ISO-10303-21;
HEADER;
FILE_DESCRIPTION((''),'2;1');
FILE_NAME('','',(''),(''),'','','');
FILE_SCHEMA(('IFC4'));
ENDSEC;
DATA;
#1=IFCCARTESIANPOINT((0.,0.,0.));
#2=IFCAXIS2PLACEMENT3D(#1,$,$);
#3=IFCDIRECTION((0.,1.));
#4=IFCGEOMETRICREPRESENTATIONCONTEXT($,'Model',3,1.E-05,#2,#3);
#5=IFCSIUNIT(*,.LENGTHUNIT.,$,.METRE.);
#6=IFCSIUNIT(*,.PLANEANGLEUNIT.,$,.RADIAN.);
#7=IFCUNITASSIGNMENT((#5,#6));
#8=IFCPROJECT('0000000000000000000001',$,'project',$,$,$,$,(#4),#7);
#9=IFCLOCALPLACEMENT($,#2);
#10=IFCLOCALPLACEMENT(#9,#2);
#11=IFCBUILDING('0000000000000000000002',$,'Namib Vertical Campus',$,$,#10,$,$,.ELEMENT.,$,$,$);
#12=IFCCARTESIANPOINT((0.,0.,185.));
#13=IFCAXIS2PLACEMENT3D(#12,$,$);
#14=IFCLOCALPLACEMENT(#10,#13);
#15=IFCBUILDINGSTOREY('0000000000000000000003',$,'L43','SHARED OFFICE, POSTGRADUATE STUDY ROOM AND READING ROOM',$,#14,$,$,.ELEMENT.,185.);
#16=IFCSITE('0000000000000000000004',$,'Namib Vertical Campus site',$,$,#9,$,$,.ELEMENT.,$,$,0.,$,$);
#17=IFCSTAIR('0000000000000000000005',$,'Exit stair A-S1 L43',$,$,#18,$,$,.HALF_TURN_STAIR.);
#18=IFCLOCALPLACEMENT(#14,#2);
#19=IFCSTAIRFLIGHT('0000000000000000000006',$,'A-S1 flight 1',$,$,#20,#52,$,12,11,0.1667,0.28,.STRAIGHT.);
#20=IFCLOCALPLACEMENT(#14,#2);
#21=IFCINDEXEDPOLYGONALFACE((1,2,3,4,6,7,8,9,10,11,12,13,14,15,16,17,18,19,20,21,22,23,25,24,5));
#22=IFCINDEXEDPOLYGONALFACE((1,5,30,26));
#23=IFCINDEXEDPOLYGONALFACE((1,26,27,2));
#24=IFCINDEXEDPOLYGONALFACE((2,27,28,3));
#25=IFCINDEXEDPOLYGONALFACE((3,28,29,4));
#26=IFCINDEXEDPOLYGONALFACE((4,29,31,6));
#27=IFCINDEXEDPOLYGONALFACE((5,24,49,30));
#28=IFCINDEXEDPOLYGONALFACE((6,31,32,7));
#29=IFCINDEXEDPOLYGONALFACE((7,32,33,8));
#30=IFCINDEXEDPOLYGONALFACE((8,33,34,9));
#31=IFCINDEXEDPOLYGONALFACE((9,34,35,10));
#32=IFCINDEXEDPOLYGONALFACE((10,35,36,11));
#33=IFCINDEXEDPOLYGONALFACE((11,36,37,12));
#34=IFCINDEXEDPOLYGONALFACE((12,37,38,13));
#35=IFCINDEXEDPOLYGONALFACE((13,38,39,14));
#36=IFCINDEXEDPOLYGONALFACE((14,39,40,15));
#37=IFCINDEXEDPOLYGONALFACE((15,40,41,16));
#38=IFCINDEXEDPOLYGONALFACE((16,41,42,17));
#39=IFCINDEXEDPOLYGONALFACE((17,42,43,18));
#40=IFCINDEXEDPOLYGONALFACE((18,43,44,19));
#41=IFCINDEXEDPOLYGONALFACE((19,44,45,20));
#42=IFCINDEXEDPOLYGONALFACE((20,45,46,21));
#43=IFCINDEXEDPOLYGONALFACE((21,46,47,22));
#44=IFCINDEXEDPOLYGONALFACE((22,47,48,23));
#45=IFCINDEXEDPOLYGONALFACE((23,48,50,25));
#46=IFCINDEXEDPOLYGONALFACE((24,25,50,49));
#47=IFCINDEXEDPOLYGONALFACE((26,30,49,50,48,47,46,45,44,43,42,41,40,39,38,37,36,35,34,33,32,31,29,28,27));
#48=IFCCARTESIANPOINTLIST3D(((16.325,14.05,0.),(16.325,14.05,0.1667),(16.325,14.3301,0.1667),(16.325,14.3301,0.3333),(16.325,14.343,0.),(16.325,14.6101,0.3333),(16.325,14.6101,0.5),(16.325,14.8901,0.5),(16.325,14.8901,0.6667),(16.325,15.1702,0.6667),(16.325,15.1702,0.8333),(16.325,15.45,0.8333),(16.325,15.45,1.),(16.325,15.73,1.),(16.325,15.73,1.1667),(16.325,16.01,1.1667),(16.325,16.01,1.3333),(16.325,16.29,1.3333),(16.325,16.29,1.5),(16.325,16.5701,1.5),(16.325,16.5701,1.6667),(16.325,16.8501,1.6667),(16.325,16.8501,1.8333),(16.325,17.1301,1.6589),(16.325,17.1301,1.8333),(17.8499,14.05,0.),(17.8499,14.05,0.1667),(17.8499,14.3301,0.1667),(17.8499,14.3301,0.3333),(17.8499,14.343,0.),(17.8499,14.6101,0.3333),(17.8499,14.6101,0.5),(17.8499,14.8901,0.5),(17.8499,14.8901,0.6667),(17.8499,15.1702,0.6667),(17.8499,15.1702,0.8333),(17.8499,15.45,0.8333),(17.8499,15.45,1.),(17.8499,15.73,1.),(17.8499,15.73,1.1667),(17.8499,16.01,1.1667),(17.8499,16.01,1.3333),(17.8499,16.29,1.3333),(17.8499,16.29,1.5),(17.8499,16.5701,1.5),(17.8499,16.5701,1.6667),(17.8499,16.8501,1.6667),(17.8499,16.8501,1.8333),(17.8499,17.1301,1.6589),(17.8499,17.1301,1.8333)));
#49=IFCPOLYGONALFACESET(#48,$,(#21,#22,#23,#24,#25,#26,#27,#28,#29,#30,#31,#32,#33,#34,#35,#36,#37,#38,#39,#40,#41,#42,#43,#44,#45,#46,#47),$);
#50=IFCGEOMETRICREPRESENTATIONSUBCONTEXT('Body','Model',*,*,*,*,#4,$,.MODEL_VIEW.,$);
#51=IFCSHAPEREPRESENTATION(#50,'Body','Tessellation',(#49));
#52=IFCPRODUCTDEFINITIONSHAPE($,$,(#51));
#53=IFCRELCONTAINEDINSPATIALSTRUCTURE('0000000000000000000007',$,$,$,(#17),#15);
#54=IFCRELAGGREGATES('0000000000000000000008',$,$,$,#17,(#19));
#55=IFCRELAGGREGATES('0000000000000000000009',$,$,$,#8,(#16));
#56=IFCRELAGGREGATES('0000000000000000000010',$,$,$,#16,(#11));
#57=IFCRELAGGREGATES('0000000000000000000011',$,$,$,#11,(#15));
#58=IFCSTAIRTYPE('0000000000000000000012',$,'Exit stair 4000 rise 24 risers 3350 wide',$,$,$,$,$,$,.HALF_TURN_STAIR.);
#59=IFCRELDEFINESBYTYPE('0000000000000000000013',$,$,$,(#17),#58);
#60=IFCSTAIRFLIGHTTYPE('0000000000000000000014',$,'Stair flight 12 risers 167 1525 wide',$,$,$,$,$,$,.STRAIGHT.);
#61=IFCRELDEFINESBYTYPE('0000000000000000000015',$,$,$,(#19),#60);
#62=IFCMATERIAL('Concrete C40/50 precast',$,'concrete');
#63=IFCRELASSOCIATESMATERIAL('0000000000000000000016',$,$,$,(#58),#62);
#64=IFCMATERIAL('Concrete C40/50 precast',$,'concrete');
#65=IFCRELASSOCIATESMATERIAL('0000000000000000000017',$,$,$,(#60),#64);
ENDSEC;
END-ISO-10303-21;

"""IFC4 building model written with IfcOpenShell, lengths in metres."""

from ifc_helpers import new_model, si_unit, direction, frame, origin, place, context, subcontext, project, spatial, polyline, outline, extrude, material, type_object, element, aggregate, save


model = new_model("IFC4")

# Units and contexts
model_context = context("Model", 3, precision=1e-05, world=origin(), true_north=direction((0.0, 1.0)))
body_context = subcontext(model_context, "Body", "Model", "MODEL_VIEW")
ifc_project = project(units=[si_unit("LENGTHUNIT", "METRE"), si_unit("PLANEANGLEUNIT", "RADIAN")], contexts=[model_context])

# Site, building, storey
site_placement = place(None, origin())
site = spatial("IfcSite", under=ifc_project, at=site_placement, Name="Namib Vertical Campus site", CompositionType="ELEMENT", RefElevation=0.0)
building_placement = place(site_placement, origin())
building = spatial("IfcBuilding", under=site, at=building_placement, Name="Namib Vertical Campus", CompositionType="ELEMENT")
storey_placement = place(building_placement, frame((0.0, 0.0, 185.0)))
storey = spatial("IfcBuildingStorey", under=building, at=storey_placement, Name="L43", Description="SHARED OFFICE, POSTGRADUATE STUDY ROOM AND READING ROOM", CompositionType="ELEMENT", Elevation=185.0)

# Stair, stair flight
ifc_material_1 = material(Name="Concrete C40/50 precast", Category="concrete")
stair_type = type_object("IfcStairType", Name="Exit stair 4000 rise 24 risers 3350 wide", PredefinedType="HALF_TURN_STAIR", material=ifc_material_1)
stair_placement = place(storey_placement, origin())
stair = element("IfcStair", 1, at=stair_placement, inside=storey, type_object=stair_type, Name="Exit stair A-S1 L43", PredefinedType="HALF_TURN_STAIR")
ifc_material_2 = material(Name="Concrete C40/50 precast", Category="concrete")
stair_flight_type = type_object("IfcStairFlightType", Name="Stair flight 12 risers 167 1525 wide", PredefinedType="STRAIGHT", material=ifc_material_2)
stair_flight_placement = place(storey_placement, frame((17.0874, 14.05, 0.0), z_axis=(0.0, 0.0, 1.0), x_axis=(0.0, 1.0, 0.0)))
stair_flight = element("IfcStairFlight", 2, at=stair_flight_placement, type_object=stair_flight_type, Name="A-S1 flight 1", NumberOfRisers=12, NumberOfTreads=11, PredefinedType="STRAIGHT", RiserHeight=0.1667, TreadLength=0.28, context=body_context, shape_type="SweptSolid", body=[
    extrude(outline(polyline([(0.0, 0.0), (0.0, 0.1667), (0.28, 0.1667), (0.28, 0.3333), (0.5601, 0.3333), (0.5601, 0.5), (0.8401, 0.5), (0.8401, 0.6667), (1.1201, 0.6667), (1.1201, 0.8333), (1.3999, 0.8333), (1.3999, 1.0), (1.6799, 1.0), (1.6799, 1.1667), (1.96, 1.1667), (1.96, 1.3333), (2.24, 1.3333), (2.24, 1.5), (2.52, 1.5), (2.52, 1.6667), (2.8, 1.6667), (2.8, 1.8333), (3.0801, 1.8333), (3.0801, 2.0), (3.0801, 1.6589), (0.293, 0.0), (0.0, 0.0)])), frame((0.0, 0.7625, 0.0), z_axis=(0.0, -1.0, 0.0), x_axis=(1.0, 0.0, 0.0)), (0.0, 0.0, 1.0), 1.5249),
])
aggregate(stair, [stair_flight])

save(model, "model.ifc")
